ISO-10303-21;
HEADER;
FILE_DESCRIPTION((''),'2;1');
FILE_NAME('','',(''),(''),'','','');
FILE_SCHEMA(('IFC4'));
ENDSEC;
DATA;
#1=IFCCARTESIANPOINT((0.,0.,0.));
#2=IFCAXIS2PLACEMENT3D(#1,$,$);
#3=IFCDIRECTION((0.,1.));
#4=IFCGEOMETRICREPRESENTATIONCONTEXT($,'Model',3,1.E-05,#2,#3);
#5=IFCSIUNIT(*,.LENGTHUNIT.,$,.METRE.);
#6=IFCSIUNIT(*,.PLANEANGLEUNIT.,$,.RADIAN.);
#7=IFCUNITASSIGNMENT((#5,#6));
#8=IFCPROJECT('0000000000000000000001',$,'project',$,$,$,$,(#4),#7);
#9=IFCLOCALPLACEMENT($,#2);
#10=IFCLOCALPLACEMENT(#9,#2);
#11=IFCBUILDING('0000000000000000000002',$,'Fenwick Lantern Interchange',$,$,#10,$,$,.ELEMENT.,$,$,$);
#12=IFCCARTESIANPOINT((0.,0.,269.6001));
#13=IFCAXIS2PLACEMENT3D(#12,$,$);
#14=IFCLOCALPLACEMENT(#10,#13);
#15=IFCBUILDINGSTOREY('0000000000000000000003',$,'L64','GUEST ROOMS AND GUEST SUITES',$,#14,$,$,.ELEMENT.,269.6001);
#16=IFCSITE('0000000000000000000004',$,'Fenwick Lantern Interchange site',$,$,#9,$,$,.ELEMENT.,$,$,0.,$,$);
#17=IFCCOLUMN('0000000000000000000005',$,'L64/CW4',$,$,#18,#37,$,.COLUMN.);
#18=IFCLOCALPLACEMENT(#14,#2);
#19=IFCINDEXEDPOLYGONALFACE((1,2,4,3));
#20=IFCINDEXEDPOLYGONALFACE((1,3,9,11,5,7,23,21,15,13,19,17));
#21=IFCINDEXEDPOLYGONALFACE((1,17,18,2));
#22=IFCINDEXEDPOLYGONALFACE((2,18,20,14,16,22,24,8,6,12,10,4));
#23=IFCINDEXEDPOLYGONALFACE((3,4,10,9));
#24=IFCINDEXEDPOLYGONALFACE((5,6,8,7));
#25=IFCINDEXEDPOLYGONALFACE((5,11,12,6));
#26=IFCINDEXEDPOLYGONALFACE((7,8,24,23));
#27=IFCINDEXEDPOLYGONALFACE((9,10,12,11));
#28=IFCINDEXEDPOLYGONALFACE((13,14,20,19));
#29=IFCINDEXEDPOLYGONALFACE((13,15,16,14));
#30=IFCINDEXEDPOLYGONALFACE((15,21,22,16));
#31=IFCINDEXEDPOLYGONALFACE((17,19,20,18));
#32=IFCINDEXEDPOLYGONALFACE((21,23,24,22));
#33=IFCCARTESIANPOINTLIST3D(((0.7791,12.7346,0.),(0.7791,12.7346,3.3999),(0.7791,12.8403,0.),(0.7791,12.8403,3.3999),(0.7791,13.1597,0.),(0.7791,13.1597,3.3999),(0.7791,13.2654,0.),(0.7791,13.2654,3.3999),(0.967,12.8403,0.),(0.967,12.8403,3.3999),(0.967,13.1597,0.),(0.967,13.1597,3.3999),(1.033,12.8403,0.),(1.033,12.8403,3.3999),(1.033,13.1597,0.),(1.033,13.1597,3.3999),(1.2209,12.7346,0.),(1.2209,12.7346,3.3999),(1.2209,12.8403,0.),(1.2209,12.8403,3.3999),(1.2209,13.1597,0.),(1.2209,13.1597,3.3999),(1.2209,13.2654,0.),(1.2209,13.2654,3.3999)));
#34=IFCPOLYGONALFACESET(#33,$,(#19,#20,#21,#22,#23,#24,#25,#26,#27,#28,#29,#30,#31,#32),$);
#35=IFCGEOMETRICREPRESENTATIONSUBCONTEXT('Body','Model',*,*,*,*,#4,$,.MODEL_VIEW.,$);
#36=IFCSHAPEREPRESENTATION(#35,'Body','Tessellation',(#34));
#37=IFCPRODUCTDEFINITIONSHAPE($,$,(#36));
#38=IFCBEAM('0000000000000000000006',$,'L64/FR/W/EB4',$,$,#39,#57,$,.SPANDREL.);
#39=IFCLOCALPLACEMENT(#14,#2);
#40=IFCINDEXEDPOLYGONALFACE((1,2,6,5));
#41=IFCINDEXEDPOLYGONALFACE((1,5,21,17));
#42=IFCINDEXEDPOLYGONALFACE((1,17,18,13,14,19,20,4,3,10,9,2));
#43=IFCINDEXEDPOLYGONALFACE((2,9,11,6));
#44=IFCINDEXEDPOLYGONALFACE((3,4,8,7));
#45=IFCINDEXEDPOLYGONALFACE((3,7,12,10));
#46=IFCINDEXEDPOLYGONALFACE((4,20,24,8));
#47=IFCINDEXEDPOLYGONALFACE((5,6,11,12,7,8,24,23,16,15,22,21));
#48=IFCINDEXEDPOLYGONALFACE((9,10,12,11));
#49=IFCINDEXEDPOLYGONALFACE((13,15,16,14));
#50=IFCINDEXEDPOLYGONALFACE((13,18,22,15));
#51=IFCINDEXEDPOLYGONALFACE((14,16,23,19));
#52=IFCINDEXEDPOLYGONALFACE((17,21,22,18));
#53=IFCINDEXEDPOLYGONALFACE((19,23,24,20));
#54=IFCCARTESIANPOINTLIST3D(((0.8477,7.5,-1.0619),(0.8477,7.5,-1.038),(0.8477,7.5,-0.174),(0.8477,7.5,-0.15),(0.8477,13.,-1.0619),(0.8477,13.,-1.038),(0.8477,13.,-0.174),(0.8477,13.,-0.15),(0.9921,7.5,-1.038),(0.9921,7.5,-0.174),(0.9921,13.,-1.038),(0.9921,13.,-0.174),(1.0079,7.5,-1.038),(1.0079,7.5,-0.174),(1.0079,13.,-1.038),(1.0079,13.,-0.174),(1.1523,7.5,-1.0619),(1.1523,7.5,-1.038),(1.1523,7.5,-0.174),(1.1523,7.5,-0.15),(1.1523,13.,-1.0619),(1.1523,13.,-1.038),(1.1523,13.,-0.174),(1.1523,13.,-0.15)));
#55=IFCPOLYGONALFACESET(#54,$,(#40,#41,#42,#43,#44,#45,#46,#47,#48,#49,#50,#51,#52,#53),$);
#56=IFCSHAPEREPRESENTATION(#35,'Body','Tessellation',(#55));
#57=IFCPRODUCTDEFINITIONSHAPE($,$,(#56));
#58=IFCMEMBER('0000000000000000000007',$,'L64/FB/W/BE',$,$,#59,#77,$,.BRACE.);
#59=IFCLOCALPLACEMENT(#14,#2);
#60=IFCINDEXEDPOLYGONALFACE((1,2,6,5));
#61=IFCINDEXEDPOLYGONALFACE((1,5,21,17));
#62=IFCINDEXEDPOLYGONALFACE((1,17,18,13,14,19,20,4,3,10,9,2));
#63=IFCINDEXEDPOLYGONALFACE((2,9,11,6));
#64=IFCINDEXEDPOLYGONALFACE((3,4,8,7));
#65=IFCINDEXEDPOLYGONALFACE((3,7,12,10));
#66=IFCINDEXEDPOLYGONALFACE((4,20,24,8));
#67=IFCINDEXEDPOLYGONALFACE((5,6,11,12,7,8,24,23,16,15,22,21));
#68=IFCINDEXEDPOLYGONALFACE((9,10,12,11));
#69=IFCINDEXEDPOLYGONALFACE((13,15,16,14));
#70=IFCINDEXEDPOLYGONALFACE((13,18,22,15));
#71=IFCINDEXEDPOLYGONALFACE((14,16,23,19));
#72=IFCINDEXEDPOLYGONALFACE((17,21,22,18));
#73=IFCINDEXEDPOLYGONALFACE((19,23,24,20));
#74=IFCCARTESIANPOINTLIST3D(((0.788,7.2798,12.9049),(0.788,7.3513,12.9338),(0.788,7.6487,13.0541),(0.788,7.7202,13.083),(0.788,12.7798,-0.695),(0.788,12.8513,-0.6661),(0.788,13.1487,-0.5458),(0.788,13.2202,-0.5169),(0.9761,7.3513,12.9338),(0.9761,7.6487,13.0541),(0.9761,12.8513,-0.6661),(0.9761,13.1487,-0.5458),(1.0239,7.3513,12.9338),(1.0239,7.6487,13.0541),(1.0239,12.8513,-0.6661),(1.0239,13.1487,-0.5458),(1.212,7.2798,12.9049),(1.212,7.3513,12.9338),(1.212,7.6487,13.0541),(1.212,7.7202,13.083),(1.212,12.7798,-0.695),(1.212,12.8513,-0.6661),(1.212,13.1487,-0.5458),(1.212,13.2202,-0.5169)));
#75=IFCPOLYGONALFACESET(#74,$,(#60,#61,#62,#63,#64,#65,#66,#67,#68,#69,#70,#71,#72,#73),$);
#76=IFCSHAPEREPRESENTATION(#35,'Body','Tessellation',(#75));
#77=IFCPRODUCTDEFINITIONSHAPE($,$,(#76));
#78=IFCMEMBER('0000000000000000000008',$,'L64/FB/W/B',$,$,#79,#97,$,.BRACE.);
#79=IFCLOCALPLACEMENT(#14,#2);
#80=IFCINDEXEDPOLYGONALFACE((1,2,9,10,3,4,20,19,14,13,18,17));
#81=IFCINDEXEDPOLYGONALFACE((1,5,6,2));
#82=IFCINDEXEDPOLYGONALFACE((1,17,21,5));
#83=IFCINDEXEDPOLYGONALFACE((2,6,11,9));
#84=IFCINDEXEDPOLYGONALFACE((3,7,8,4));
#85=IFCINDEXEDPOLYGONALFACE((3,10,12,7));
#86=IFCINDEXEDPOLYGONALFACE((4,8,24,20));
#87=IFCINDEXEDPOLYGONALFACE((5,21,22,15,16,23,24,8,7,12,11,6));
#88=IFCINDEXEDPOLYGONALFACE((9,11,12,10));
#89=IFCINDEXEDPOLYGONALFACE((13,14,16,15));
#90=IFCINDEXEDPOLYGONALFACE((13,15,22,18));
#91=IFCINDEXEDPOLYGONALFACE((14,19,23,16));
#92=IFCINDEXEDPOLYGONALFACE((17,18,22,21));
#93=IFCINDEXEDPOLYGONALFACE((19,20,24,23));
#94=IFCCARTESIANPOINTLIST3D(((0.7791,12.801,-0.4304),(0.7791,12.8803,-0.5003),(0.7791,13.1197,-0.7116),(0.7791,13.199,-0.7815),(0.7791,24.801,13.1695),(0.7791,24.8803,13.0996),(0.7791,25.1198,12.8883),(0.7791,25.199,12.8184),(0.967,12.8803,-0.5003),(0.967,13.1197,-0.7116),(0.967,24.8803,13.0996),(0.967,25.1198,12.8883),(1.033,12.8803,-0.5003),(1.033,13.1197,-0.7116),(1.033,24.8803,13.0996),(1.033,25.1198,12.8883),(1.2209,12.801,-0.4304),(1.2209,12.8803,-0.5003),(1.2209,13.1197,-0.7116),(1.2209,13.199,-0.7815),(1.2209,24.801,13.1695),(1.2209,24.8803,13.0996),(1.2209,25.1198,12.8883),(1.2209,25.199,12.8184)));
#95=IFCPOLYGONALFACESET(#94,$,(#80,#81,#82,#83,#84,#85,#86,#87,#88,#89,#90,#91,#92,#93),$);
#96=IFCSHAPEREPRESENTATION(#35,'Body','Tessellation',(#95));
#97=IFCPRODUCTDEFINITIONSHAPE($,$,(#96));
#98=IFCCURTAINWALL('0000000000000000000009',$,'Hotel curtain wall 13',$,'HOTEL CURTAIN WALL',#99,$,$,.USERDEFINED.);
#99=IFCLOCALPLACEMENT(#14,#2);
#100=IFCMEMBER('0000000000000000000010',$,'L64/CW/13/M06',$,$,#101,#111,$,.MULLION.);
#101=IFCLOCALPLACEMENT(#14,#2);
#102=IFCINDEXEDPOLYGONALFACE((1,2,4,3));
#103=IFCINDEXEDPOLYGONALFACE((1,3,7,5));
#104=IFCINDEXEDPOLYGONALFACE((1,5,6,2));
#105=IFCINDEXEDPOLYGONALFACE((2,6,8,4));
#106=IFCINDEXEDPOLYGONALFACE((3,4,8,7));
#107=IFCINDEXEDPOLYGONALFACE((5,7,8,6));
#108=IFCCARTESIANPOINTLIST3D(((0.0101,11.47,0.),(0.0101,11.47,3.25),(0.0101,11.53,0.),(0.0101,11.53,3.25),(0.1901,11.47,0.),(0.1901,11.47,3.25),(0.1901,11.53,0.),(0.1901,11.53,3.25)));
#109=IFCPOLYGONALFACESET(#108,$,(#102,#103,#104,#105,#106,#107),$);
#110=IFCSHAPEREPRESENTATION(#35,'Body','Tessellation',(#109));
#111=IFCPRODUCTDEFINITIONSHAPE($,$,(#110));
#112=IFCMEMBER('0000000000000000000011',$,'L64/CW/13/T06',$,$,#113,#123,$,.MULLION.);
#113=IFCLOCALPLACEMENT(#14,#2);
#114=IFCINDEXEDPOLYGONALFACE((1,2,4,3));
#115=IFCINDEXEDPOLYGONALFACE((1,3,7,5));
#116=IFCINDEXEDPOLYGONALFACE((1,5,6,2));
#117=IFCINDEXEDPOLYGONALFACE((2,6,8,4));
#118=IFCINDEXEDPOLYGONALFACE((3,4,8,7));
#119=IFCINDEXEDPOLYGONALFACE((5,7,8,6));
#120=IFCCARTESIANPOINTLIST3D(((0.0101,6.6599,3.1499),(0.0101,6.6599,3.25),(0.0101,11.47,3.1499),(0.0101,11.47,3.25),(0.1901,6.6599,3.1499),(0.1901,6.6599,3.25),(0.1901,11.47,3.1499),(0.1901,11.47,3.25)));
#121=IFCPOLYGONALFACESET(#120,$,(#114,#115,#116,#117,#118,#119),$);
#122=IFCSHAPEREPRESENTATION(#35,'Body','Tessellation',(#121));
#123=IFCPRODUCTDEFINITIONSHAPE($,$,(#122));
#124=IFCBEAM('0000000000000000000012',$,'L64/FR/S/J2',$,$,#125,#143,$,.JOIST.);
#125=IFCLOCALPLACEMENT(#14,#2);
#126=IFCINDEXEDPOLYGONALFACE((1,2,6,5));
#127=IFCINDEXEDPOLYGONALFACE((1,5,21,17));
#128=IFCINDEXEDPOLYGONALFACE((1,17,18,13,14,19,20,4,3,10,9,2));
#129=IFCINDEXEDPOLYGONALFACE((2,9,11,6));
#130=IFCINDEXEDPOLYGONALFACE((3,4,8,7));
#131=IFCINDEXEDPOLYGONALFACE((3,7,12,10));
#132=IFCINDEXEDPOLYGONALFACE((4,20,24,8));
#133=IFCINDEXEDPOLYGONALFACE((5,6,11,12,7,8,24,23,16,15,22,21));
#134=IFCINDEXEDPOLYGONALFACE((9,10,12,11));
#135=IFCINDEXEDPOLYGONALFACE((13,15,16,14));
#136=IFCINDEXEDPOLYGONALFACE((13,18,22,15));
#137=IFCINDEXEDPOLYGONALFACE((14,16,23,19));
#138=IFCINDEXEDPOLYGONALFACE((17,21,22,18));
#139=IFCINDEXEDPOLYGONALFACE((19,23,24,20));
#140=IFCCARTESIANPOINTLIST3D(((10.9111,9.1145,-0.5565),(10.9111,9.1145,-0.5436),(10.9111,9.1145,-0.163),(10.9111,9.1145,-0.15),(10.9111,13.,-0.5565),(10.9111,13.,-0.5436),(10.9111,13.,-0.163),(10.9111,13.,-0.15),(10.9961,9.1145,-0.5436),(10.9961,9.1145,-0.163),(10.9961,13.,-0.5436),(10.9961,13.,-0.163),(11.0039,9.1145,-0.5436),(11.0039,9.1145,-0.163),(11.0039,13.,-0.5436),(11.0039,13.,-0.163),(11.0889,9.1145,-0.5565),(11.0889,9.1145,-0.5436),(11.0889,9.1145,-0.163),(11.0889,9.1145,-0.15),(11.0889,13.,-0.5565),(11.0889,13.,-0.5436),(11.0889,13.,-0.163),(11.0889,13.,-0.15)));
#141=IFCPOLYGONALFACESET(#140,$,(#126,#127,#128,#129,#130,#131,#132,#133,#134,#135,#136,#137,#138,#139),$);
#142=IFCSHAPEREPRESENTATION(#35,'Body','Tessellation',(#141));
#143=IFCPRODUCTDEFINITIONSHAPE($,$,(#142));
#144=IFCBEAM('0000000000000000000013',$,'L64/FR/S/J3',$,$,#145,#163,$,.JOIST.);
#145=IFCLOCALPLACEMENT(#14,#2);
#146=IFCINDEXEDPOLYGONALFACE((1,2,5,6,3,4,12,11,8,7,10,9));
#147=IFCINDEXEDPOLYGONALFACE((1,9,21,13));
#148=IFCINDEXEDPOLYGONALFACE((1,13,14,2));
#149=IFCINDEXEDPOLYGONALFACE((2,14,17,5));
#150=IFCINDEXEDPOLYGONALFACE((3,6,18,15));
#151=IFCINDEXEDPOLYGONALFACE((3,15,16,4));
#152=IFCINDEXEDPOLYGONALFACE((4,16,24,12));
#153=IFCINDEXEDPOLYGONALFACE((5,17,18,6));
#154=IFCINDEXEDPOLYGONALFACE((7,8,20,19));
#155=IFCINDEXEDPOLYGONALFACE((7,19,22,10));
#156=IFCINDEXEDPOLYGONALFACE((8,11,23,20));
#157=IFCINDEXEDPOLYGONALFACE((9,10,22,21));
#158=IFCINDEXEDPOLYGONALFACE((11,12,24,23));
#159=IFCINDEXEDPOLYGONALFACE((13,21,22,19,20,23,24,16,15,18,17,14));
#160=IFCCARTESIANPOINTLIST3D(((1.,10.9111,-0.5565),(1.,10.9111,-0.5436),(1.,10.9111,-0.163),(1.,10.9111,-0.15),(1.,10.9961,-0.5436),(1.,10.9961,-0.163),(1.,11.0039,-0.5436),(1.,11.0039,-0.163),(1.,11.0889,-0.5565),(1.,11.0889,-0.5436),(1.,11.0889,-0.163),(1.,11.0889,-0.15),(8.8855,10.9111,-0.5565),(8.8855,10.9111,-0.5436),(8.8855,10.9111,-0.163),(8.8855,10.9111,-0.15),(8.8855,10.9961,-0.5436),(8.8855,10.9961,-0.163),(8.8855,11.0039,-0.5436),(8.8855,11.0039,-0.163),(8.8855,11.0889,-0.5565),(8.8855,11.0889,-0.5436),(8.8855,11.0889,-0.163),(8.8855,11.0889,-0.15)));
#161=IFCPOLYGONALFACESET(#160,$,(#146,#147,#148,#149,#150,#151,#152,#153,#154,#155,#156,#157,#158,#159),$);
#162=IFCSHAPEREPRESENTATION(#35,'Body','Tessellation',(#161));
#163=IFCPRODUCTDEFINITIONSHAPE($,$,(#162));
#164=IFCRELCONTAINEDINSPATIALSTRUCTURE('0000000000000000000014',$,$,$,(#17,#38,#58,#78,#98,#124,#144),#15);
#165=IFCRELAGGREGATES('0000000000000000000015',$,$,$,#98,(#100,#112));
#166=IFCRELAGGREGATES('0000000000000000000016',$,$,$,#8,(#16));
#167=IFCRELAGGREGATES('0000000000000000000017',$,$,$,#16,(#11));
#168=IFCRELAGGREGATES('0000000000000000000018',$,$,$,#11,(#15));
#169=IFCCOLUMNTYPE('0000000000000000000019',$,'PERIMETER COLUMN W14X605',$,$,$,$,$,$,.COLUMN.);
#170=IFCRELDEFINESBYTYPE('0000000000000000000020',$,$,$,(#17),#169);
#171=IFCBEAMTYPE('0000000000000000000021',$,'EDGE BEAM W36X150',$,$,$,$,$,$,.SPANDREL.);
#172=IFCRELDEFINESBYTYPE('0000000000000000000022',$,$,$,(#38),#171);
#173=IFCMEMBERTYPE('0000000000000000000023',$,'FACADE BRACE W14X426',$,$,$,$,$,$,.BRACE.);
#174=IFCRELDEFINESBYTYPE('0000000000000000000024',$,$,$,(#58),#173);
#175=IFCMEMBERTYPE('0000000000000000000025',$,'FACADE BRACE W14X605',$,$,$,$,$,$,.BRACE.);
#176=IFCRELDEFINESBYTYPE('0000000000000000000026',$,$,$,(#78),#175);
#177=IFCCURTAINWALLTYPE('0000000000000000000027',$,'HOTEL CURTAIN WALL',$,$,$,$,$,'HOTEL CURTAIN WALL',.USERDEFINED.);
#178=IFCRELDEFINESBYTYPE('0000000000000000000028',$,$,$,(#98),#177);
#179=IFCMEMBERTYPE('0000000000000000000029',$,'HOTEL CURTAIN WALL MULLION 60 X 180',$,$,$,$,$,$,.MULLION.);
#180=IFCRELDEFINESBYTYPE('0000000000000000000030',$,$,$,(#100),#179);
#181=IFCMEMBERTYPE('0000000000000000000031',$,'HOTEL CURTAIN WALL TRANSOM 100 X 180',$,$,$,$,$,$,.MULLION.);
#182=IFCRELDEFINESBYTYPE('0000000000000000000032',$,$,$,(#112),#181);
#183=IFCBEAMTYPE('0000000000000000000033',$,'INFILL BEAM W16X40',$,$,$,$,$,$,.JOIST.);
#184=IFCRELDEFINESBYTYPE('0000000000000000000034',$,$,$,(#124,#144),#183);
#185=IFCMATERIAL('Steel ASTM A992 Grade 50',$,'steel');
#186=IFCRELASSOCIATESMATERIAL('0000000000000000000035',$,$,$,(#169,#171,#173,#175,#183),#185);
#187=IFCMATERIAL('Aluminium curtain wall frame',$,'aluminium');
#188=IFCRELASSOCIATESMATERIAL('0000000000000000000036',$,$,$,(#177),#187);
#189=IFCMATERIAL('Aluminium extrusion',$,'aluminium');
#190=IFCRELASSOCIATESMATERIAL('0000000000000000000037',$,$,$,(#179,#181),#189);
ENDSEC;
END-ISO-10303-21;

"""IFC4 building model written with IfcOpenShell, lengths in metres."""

from ifc_helpers import new_model, si_unit, direction, frame, origin, origin_2d, place, context, subcontext, project, spatial, rectangle, i_section, extrude, material, material_profile, profile_set, type_object, element, aggregate, save


model = new_model("IFC4")

# Units and contexts
model_context = context("Model", 3, precision=1e-05, world=origin(), true_north=direction((0.0, 1.0)))
body_context = subcontext(model_context, "Body", "Model", "MODEL_VIEW")
ifc_project = project(units=[si_unit("LENGTHUNIT", "METRE"), si_unit("PLANEANGLEUNIT", "RADIAN")], contexts=[model_context])

# Site, building, storey
site_placement = place(None, origin())
site = spatial("IfcSite", under=ifc_project, at=site_placement, Name="Fenwick Lantern Interchange site", CompositionType="ELEMENT", RefElevation=0.0)
building_placement = place(site_placement, origin())
building = spatial("IfcBuilding", under=site, at=building_placement, Name="Fenwick Lantern Interchange", CompositionType="ELEMENT")
storey_placement = place(building_placement, frame((0.0, 0.0, 269.6001)))
storey = spatial("IfcBuildingStorey", under=building, at=storey_placement, Name="L64", Description="GUEST ROOMS AND GUEST SUITES", CompositionType="ELEMENT", Elevation=269.6001)

# Column
ifc_material_1 = material(Name="Steel ASTM A992 Grade 50", Category="steel")
ifc_material_profile_1 = material_profile(ifc_material_1, i_section(OverallWidth=0.4419, OverallDepth=0.5308, WebThickness=0.0659, FlangeThickness=0.1057, at=origin_2d()), Name="W14X605")
ifc_profile_set_1 = profile_set([ifc_material_profile_1], Name="Steel ASTM A992 Grade 50")
column_type = type_object("IfcColumnType", Name="PERIMETER COLUMN W14X605", PredefinedType="COLUMN", material=ifc_profile_set_1)
column_placement = place(storey_placement, frame((1.0, 13.0, 0.0), z_axis=(0.0, 0.0, 1.0), x_axis=(1.0, 0.0, 0.0)))
element("IfcColumn", 1, at=column_placement, inside=storey, type_object=column_type, Name="L64/CW4", PredefinedType="COLUMN", context=body_context, shape_type="SweptSolid", body=[
    extrude(i_section(OverallWidth=0.4419, OverallDepth=0.5308, WebThickness=0.0659, FlangeThickness=0.1057, at=origin_2d()), origin(), (0.0, 0.0, 1.0), 3.3999),
])

# Beam
ifc_material_profile_2 = material_profile(ifc_material_1, i_section(OverallWidth=0.3047, OverallDepth=0.9119, WebThickness=0.0159, FlangeThickness=0.0239, at=origin_2d()), Name="W36X150")
ifc_profile_set_2 = profile_set([ifc_material_profile_2], Name="Steel ASTM A992 Grade 50")
beam_type_1 = type_object("IfcBeamType", Name="EDGE BEAM W36X150", PredefinedType="SPANDREL", material=ifc_profile_set_2)
beam_1_placement = place(storey_placement, frame((1.0, 13.0, -0.606), z_axis=(0.0, -1.0, 0.0), x_axis=(1.0, 0.0, 0.0)))
element("IfcBeam", 2, at=beam_1_placement, inside=storey, type_object=beam_type_1, Name="L64/FR/W/EB4", PredefinedType="SPANDREL", context=body_context, shape_type="SweptSolid", body=[
    extrude(i_section(OverallWidth=0.3047, OverallDepth=0.9119, WebThickness=0.0159, FlangeThickness=0.0239, at=origin_2d()), origin(), (0.0, 0.0, 1.0), 5.5),
])

# Members
ifc_material_profile_3 = material_profile(ifc_material_1, i_section(OverallWidth=0.4241, OverallDepth=0.4751, WebThickness=0.0479, FlangeThickness=0.0771, at=origin_2d()), Name="W14X426")
ifc_profile_set_3 = profile_set([ifc_material_profile_3], Name="Steel ASTM A992 Grade 50")
member_type_1 = type_object("IfcMemberType", Name="FACADE BRACE W14X426", PredefinedType="BRACE", material=ifc_profile_set_3)
member_1_placement = place(storey_placement, frame((1.0, 13.0, -0.606), z_axis=(0.0, -0.374917, 0.927058), x_axis=(1.0, 0.0, 0.0)))
element("IfcMember", 3, at=member_1_placement, inside=storey, type_object=member_type_1, Name="L64/FB/W/BE", PredefinedType="BRACE", context=body_context, shape_type="SweptSolid", body=[
    extrude(i_section(OverallWidth=0.4241, OverallDepth=0.4751, WebThickness=0.0479, FlangeThickness=0.0771, at=origin_2d()), origin(), (0.0, 0.0, 1.0), 14.6699),
])
ifc_material_profile_4 = material_profile(ifc_material_1, i_section(OverallWidth=0.4419, OverallDepth=0.5308, WebThickness=0.0659, FlangeThickness=0.1057, at=origin_2d()), Name="W14X605")
ifc_profile_set_4 = profile_set([ifc_material_profile_4], Name="Steel ASTM A992 Grade 50")
member_type_2 = type_object("IfcMemberType", Name="FACADE BRACE W14X605", PredefinedType="BRACE", material=ifc_profile_set_4)
member_2_placement = place(storey_placement, frame((1.0, 13.0, -0.606), z_axis=(0.0, 0.661626, 0.749834), x_axis=(-1.0, 0.0, 0.0)))
element("IfcMember", 4, at=member_2_placement, inside=storey, type_object=member_type_2, Name="L64/FB/W/B", PredefinedType="BRACE", context=body_context, shape_type="SweptSolid", body=[
    extrude(i_section(OverallWidth=0.4419, OverallDepth=0.5308, WebThickness=0.0659, FlangeThickness=0.1057, at=origin_2d()), origin(), (0.0, 0.0, 1.0), 18.1372),
])

# Curtain wall, members
ifc_material_2 = material(Name="Aluminium curtain wall frame", Category="aluminium")
curtain_wall_type = type_object("IfcCurtainWallType", Name="HOTEL CURTAIN WALL", ElementType="HOTEL CURTAIN WALL", PredefinedType="USERDEFINED", material=ifc_material_2)
curtain_wall_placement = place(storey_placement, origin())
curtain_wall = element("IfcCurtainWall", 5, at=curtain_wall_placement, inside=storey, type_object=curtain_wall_type, Name="Hotel curtain wall 13", ObjectType="HOTEL CURTAIN WALL", PredefinedType="USERDEFINED")
ifc_material_3 = material(Name="Aluminium extrusion", Category="aluminium")
ifc_material_profile_5 = material_profile(ifc_material_3, rectangle(XDim=0.1799, YDim=0.0601, at=origin_2d()), Name="HOTEL CURTAIN WALL MULLION 60 X 180")
ifc_profile_set_5 = profile_set([ifc_material_profile_5], Name="Aluminium extrusion")
member_type_3 = type_object("IfcMemberType", Name="HOTEL CURTAIN WALL MULLION 60 X 180", PredefinedType="MULLION", material=ifc_profile_set_5)
member_3_placement = place(storey_placement, frame((0.1001, 11.5, 0.0), z_axis=(0.0, 0.0, 1.0), x_axis=(1.0, 0.0, 0.0)))
member_3 = element("IfcMember", 6, at=member_3_placement, type_object=member_type_3, Name="L64/CW/13/M06", PredefinedType="MULLION", context=body_context, shape_type="SweptSolid", body=[
    extrude(rectangle(XDim=0.1799, YDim=0.0601, at=origin_2d()), origin(), (0.0, 0.0, 1.0), 3.25),
])
ifc_material_profile_6 = material_profile(ifc_material_3, rectangle(XDim=0.1799, YDim=0.1001, at=origin_2d()), Name="HOTEL CURTAIN WALL TRANSOM 100 X 180")
ifc_profile_set_6 = profile_set([ifc_material_profile_6], Name="Aluminium extrusion")
member_type_4 = type_object("IfcMemberType", Name="HOTEL CURTAIN WALL TRANSOM 100 X 180", PredefinedType="MULLION", material=ifc_profile_set_6)
member_4_placement = place(storey_placement, frame((0.1001, 11.47, 3.2), z_axis=(0.0, -1.0, 0.0), x_axis=(1.0, 0.0, 0.0)))
member_4 = element("IfcMember", 7, at=member_4_placement, type_object=member_type_4, Name="L64/CW/13/T06", PredefinedType="MULLION", context=body_context, shape_type="SweptSolid", body=[
    extrude(rectangle(XDim=0.1799, YDim=0.1001, at=origin_2d()), origin(), (0.0, 0.0, 1.0), 4.8101),
])
aggregate(curtain_wall, [member_3, member_4])

# Beams
ifc_material_profile_7 = material_profile(ifc_material_1, i_section(OverallWidth=0.1777, OverallDepth=0.4065, WebThickness=0.0078, FlangeThickness=0.0129, at=origin_2d()), Name="W16X40")
ifc_profile_set_7 = profile_set([ifc_material_profile_7], Name="Steel ASTM A992 Grade 50")
beam_type_2 = type_object("IfcBeamType", Name="INFILL BEAM W16X40", PredefinedType="JOIST", material=ifc_profile_set_7)
beam_2_placement = place(storey_placement, frame((11.0, 9.1145, -0.3533), z_axis=(0.0, 1.0, 0.0), x_axis=(-1.0, 0.0, 0.0)))
element("IfcBeam", 8, at=beam_2_placement, inside=storey, type_object=beam_type_2, Name="L64/FR/S/J2", PredefinedType="JOIST", context=body_context, shape_type="SweptSolid", body=[
    extrude(i_section(OverallWidth=0.1777, OverallDepth=0.4065, WebThickness=0.0078, FlangeThickness=0.0129, at=origin_2d()), origin(), (0.0, 0.0, 1.0), 3.8855),
])
beam_3_placement = place(storey_placement, frame((1.0, 11.0, -0.3533), z_axis=(1.0, 0.0, 0.0), x_axis=(0.0, 1.0, 0.0)))
element("IfcBeam", 9, at=beam_3_placement, inside=storey, type_object=beam_type_2, Name="L64/FR/S/J3", PredefinedType="JOIST", context=body_context, shape_type="SweptSolid", body=[
    extrude(i_section(OverallWidth=0.1777, OverallDepth=0.4065, WebThickness=0.0078, FlangeThickness=0.0129, at=origin_2d()), origin(), (0.0, 0.0, 1.0), 7.8855),
])

save(model, "model.ifc")
